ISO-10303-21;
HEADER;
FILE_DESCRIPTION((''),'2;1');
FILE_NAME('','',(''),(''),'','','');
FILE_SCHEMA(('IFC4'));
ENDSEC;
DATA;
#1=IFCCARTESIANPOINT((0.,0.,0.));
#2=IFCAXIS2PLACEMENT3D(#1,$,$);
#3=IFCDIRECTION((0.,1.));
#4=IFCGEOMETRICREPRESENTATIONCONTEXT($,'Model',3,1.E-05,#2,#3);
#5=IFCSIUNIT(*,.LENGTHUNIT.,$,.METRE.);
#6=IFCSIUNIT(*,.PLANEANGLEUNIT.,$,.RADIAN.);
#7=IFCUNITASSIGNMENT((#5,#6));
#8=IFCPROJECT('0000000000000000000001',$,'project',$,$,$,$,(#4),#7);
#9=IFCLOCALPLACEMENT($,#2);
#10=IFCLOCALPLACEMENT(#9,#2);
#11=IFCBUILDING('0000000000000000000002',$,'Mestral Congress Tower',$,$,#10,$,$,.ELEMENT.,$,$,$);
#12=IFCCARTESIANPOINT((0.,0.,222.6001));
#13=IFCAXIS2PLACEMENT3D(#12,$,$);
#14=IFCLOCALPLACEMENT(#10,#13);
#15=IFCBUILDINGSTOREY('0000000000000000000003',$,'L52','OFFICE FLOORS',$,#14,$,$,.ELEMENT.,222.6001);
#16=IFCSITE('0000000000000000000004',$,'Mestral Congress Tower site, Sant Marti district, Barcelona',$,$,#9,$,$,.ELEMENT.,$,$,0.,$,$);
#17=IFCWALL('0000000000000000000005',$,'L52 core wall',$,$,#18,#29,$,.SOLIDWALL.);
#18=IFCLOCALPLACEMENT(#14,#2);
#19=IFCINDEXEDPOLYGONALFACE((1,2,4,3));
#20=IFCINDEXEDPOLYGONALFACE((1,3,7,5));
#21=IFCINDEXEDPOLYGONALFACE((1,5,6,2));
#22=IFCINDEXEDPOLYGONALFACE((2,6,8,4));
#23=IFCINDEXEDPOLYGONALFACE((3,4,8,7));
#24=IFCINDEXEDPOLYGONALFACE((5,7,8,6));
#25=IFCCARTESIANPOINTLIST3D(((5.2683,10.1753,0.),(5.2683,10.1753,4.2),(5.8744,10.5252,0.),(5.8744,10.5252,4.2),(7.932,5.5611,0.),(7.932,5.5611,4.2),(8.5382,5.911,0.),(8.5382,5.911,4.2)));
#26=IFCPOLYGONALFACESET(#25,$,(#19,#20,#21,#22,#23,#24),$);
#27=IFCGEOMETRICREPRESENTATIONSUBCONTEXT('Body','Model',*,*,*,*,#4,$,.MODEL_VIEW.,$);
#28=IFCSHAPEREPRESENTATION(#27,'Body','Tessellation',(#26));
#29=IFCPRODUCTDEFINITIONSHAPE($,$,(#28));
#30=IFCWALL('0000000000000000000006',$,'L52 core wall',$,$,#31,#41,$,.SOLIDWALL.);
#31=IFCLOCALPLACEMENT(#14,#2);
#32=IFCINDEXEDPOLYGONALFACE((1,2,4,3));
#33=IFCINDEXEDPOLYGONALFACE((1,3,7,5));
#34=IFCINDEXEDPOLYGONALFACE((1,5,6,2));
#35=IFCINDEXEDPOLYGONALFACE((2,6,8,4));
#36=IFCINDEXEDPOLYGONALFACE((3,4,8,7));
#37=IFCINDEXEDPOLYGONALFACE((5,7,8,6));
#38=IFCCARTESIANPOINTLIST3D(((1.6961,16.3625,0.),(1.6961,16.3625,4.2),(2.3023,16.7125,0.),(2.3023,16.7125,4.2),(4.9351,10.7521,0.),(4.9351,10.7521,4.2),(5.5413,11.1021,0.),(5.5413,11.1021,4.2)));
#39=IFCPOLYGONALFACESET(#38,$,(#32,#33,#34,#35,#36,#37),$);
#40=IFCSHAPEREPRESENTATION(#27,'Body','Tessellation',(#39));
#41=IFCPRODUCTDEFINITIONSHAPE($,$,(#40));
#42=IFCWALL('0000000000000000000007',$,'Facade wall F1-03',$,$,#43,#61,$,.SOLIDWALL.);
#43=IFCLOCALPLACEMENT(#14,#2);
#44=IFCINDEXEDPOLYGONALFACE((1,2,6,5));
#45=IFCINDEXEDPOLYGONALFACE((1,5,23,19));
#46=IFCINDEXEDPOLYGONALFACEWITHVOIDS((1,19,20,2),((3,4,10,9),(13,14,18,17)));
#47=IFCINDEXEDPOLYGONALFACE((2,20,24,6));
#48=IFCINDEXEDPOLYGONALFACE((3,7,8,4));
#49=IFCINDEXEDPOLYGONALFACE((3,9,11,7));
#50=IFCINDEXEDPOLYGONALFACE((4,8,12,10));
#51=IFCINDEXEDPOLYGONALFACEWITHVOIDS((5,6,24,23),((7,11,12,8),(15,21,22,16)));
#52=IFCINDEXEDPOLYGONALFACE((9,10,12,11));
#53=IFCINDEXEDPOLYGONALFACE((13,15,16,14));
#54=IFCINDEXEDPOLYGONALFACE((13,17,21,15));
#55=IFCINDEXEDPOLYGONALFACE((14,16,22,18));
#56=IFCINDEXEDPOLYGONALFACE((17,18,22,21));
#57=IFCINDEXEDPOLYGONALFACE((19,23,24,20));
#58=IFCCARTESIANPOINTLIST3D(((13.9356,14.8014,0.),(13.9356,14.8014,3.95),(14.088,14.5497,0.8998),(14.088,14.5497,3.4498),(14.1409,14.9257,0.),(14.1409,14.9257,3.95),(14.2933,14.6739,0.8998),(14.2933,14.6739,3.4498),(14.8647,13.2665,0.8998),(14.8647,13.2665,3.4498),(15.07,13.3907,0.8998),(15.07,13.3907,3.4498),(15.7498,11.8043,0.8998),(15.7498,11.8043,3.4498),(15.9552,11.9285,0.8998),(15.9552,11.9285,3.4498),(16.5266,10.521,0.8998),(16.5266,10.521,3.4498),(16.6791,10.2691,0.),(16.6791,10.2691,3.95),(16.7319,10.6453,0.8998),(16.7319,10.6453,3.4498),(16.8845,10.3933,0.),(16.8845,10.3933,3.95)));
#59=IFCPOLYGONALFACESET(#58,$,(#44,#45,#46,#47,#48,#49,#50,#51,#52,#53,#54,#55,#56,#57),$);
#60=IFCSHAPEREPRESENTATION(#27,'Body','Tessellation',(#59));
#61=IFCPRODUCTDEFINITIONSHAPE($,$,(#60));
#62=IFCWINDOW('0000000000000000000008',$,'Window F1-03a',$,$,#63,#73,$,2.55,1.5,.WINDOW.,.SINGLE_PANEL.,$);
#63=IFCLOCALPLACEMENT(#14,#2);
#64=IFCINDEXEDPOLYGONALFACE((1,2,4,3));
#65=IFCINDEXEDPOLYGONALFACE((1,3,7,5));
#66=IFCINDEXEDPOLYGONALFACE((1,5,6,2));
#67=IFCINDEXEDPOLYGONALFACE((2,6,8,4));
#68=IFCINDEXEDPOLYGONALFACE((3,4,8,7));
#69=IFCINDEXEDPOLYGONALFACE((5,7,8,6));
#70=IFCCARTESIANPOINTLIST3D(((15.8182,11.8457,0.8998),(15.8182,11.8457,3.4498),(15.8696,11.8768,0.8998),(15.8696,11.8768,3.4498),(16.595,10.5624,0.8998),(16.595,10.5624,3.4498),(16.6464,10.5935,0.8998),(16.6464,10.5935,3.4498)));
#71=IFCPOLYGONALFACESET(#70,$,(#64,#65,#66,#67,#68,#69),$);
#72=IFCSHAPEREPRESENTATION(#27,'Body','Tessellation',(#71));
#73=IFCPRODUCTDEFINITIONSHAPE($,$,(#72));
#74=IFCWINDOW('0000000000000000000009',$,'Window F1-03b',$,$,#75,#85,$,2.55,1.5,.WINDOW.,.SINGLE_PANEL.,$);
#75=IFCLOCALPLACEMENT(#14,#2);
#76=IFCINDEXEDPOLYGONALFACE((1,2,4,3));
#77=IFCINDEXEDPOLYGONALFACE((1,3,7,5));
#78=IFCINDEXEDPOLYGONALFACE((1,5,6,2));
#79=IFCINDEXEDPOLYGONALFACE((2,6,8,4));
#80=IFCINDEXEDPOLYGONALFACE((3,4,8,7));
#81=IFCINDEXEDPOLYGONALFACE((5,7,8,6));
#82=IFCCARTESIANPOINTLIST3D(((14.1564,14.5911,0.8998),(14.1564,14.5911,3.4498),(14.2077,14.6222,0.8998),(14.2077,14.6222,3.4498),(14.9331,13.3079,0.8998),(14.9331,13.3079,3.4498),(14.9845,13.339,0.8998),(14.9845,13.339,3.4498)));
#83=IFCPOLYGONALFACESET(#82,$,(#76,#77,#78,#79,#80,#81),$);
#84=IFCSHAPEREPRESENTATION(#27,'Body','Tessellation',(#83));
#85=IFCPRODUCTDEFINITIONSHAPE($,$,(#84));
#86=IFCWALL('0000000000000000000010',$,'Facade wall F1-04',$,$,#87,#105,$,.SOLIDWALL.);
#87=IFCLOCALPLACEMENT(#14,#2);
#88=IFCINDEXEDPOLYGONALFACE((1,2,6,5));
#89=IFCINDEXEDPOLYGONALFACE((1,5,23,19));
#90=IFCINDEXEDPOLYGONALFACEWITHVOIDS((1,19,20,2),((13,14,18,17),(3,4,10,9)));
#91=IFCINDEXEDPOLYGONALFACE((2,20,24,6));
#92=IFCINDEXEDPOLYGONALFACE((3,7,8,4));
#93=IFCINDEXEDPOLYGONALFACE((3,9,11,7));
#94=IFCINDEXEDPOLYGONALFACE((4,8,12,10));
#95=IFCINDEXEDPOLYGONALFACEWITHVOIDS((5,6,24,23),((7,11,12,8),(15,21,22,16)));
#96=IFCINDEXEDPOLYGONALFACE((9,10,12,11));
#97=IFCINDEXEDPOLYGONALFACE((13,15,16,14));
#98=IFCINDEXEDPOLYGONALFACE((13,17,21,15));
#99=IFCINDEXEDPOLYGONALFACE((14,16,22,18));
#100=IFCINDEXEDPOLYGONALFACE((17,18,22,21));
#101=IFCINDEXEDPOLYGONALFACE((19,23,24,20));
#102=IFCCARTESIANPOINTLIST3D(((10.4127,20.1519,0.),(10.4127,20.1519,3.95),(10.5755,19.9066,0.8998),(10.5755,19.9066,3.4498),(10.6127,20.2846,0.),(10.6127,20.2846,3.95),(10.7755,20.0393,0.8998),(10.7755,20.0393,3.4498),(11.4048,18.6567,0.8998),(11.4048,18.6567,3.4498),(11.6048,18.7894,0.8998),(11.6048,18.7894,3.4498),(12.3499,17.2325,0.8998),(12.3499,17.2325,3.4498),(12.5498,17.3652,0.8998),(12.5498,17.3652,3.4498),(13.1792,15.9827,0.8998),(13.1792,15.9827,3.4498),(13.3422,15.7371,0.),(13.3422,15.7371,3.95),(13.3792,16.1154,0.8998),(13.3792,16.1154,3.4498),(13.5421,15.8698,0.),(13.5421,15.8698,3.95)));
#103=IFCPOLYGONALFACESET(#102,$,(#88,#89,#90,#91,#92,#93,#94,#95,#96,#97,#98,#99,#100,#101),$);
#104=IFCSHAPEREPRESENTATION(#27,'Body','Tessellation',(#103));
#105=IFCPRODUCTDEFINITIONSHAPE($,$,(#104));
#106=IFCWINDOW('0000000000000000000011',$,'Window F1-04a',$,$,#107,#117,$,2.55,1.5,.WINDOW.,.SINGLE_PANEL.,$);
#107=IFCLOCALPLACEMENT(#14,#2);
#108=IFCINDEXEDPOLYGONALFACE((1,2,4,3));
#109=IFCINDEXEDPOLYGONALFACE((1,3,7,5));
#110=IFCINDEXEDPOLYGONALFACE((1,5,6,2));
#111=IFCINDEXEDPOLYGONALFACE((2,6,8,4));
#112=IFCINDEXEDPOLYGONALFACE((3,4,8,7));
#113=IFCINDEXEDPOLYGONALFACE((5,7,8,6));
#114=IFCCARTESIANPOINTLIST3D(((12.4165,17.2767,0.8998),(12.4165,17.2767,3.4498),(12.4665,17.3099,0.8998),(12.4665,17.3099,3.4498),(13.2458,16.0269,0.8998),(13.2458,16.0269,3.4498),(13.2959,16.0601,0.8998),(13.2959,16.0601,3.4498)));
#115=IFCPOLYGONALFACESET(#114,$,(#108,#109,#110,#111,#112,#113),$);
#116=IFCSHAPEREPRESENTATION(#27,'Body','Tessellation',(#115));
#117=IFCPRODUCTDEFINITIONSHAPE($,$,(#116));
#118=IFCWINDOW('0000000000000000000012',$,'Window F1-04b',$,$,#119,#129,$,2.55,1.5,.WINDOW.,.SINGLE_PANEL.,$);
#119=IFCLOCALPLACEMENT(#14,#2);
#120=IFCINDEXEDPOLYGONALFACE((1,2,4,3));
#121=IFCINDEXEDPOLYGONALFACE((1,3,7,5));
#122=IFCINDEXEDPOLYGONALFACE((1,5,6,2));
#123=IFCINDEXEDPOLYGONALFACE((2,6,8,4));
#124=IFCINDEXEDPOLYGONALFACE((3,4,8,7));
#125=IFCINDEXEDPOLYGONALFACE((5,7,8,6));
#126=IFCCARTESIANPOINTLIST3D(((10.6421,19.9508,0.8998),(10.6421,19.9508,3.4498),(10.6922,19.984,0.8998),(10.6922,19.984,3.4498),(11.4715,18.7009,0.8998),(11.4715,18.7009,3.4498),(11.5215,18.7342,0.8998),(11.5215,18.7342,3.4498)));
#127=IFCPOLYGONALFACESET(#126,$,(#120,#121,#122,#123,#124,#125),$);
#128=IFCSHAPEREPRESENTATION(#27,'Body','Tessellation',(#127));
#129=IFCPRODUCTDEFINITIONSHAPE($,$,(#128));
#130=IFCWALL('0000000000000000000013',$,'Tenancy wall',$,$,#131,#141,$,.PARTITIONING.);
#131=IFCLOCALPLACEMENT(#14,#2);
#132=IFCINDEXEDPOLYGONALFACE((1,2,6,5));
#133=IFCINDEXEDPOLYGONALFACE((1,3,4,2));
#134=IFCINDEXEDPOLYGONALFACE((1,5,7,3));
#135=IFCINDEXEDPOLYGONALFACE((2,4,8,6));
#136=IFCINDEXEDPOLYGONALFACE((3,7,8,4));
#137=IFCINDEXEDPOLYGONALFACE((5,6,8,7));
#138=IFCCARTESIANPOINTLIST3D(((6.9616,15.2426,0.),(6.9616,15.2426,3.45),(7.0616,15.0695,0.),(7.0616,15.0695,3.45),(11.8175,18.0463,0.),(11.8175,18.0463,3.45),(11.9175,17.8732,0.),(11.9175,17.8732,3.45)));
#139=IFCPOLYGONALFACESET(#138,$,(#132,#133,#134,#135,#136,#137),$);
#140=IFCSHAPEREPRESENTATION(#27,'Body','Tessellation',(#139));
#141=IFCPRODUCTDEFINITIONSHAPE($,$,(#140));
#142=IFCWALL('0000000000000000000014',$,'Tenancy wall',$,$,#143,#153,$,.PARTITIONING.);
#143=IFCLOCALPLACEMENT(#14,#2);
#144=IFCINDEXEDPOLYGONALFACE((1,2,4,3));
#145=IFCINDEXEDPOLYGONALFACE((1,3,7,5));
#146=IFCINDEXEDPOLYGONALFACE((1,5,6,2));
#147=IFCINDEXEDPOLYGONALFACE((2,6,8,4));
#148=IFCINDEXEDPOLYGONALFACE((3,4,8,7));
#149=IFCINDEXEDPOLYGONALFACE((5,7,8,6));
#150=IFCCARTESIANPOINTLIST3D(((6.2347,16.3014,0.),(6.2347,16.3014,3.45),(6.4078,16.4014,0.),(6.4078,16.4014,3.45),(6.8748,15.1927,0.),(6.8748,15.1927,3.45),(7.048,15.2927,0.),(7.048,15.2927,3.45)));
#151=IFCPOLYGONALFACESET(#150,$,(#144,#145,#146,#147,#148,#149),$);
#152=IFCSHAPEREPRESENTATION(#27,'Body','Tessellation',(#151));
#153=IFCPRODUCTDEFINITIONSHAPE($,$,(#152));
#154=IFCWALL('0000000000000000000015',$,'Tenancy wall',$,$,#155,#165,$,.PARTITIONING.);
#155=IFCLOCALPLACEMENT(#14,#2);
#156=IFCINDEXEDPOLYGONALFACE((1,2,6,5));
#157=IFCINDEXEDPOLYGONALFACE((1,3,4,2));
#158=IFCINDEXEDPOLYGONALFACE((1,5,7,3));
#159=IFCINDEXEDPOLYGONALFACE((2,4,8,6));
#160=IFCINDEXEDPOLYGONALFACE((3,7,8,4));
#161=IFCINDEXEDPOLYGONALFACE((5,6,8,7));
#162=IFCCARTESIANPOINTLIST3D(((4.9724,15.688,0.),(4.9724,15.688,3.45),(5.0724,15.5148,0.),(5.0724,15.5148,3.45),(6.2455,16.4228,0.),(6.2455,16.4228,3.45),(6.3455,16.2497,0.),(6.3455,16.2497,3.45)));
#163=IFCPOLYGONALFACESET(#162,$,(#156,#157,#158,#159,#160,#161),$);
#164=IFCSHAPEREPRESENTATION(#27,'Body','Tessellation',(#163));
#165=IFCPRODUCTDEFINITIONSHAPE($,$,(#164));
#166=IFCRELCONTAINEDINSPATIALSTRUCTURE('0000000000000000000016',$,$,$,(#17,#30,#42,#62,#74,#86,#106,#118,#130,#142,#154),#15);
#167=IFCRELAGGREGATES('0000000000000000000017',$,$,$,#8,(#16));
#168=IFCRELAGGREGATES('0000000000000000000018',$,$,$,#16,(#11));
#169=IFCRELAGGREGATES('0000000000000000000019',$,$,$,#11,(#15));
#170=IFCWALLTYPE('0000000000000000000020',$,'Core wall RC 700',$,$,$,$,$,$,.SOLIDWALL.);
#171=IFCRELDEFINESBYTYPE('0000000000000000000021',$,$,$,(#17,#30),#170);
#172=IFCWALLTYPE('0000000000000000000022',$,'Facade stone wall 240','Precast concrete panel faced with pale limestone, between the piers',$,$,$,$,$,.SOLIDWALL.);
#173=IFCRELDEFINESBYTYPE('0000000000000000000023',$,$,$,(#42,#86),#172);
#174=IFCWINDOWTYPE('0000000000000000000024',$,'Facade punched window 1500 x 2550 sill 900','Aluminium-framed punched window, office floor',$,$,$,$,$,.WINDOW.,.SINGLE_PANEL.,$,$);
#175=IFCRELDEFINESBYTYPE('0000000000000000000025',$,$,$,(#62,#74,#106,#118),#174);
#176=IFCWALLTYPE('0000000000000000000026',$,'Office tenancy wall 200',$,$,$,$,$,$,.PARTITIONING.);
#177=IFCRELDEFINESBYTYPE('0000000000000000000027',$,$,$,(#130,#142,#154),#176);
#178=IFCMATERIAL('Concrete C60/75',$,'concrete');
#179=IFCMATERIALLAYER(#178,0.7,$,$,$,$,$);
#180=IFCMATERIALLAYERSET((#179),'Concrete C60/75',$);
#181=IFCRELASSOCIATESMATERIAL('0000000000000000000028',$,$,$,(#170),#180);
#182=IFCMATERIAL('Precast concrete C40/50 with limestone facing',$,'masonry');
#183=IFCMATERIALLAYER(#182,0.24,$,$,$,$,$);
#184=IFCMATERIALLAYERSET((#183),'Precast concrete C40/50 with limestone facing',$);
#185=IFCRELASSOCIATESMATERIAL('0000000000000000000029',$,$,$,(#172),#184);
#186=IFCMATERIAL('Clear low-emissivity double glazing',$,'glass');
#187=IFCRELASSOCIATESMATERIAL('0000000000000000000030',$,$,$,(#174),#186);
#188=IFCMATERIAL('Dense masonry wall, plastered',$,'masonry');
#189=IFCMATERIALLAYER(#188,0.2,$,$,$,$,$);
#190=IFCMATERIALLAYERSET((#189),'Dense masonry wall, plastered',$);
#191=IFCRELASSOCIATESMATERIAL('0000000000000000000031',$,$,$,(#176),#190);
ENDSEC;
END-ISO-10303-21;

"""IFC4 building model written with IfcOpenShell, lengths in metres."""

from ifc_helpers import new_model, si_unit, direction, frame, frame_2d, origin, place, context, subcontext, project, spatial, rectangle, extrude, material, layer, layer_set, type_object, element, fill, save


model = new_model("IFC4")

# Units and contexts
model_context = context("Model", 3, precision=1e-05, world=origin(), true_north=direction((0.0, 1.0)))
body_context = subcontext(model_context, "Body", "Model", "MODEL_VIEW")
ifc_project = project(units=[si_unit("LENGTHUNIT", "METRE"), si_unit("PLANEANGLEUNIT", "RADIAN")], contexts=[model_context])

# Site, building, storey
site_placement = place(None, origin())
site = spatial("IfcSite", under=ifc_project, at=site_placement, Name="Mestral Congress Tower site, Sant Marti district, Barcelona", CompositionType="ELEMENT", RefElevation=0.0)
building_placement = place(site_placement, origin())
building = spatial("IfcBuilding", under=site, at=building_placement, Name="Mestral Congress Tower", CompositionType="ELEMENT")
storey_placement = place(building_placement, frame((0.0, 0.0, 222.6001)))
storey = spatial("IfcBuildingStorey", under=building, at=storey_placement, Name="L52", Description="OFFICE FLOORS", CompositionType="ELEMENT", Elevation=222.6001)

# Shared definitions
ifc_material_1 = material(Name="Concrete C60/75", Category="concrete")

# Walls
ifc_layer_1 = layer(ifc_material_1, 0.7)
ifc_layer_set_1 = layer_set([ifc_layer_1], Name="Concrete C60/75")
wall_type_1 = type_object("IfcWallType", Name="Core wall RC 700", PredefinedType="SOLIDWALL", material=ifc_layer_set_1)
wall_1_placement = place(storey_placement, frame((5.5713, 10.3503, 0.0), z_axis=(0.0, 0.0, 1.0), x_axis=(0.499968, -0.866044, 0.0)))
element("IfcWall", 1, at=wall_1_placement, inside=storey, type_object=wall_type_1, Name="L52 core wall", PredefinedType="SOLIDWALL", context=body_context, shape_type="SweptSolid", body=[
    extrude(rectangle(XDim=5.3279, YDim=0.7, at=frame_2d((2.6641, 0.0))), origin(), (0.0, 0.0, 1.0), 4.2),
])
wall_2_placement = place(storey_placement, frame((5.2383, 10.927, 0.0), z_axis=(0.0, 0.0, 1.0), x_axis=(-0.499986, 0.866034, 0.0)))
element("IfcWall", 2, at=wall_2_placement, inside=storey, type_object=wall_type_1, Name="L52 core wall", PredefinedType="SOLIDWALL", context=body_context, shape_type="SweptSolid", body=[
    extrude(rectangle(XDim=6.4783, YDim=0.7, at=frame_2d((3.2393, 0.0))), origin(), (0.0, 0.0, 1.0), 4.2),
])

# Walls, openings, windows
ifc_material_2 = material(Name="Precast concrete C40/50 with limestone facing", Category="masonry")
ifc_layer_2 = layer(ifc_material_2, 0.24)
ifc_layer_set_2 = layer_set([ifc_layer_2], Name="Precast concrete C40/50 with limestone facing")
wall_type_2 = type_object("IfcWallType", Name="Facade stone wall 240", Description="Precast concrete panel faced with pale limestone, between the piers", PredefinedType="SOLIDWALL", material=ifc_layer_set_2)
wall_3_placement = place(storey_placement, frame((16.7817, 10.3313, 0.0), z_axis=(0.0, 0.0, 1.0), x_axis=(-0.517846, 0.855474, 0.0)))
wall_3 = element("IfcWall", 3, at=wall_3_placement, inside=storey, type_object=wall_type_2, Name="Facade wall F1-03", PredefinedType="SOLIDWALL", context=body_context, shape_type="SweptSolid", body=[
    extrude(rectangle(XDim=5.2981, YDim=0.24, at=frame_2d((2.6489, 0.0))), origin(), (0.0, 0.0, 1.0), 3.95),
])
opening_1_placement = place(wall_3_placement, frame((0.2944, 0.0, 0.8999)))
opening_1 = element("IfcOpeningElement", 4, at=opening_1_placement, cuts=wall_3, PredefinedType="OPENING", context=body_context, shape_type="SweptSolid", body=[
    extrude(rectangle(XDim=1.5, YDim=2.55, at=frame_2d((0.75, 1.2749))), frame((0.0, 0.1299, 0.0), z_axis=(0.0, -1.0, 0.0), x_axis=(1.0, 0.0, 0.0)), (0.0, 0.0, 1.0), 0.26),
])
opening_2_placement = place(wall_3_placement, frame((3.5037, 0.0, 0.8999)))
opening_2 = element("IfcOpeningElement", 5, at=opening_2_placement, cuts=wall_3, PredefinedType="OPENING", context=body_context, shape_type="SweptSolid", body=[
    extrude(rectangle(XDim=1.5, YDim=2.55, at=frame_2d((0.75, 1.2749))), frame((0.0, 0.1299, 0.0), z_axis=(0.0, -1.0, 0.0), x_axis=(1.0, 0.0, 0.0)), (0.0, 0.0, 1.0), 0.26),
])
ifc_material_3 = material(Name="Clear low-emissivity double glazing", Category="glass")
window_type = type_object("IfcWindowType", Name="Facade punched window 1500 x 2550 sill 900", Description="Aluminium-framed punched window, office floor", PartitioningType="SINGLE_PANEL", PredefinedType="WINDOW", material=ifc_material_3)
window_1_placement = place(opening_1_placement, origin())
window_1 = element("IfcWindow", 6, at=window_1_placement, inside=storey, type_object=window_type, Name="Window F1-03a", OverallHeight=2.55, OverallWidth=1.5, PartitioningType="SINGLE_PANEL", PredefinedType="WINDOW", context=body_context, shape_type="SweptSolid", body=[
    extrude(rectangle(XDim=1.5, YDim=2.55, at=frame_2d((0.75, 1.2749))), frame((0.0, 0.04, 0.0), z_axis=(0.0, -1.0, 0.0), x_axis=(1.0, 0.0, 0.0)), (0.0, 0.0, 1.0), 0.0601),
])
fill(opening_1, window_1)
window_2_placement = place(opening_2_placement, origin())
window_2 = element("IfcWindow", 7, at=window_2_placement, inside=storey, type_object=window_type, Name="Window F1-03b", OverallHeight=2.55, OverallWidth=1.5, PartitioningType="SINGLE_PANEL", PredefinedType="WINDOW", context=body_context, shape_type="SweptSolid", body=[
    extrude(rectangle(XDim=1.5, YDim=2.55, at=frame_2d((0.75, 1.2749))), frame((0.0, 0.04, 0.0), z_axis=(0.0, -1.0, 0.0), x_axis=(1.0, 0.0, 0.0)), (0.0, 0.0, 1.0), 0.0601),
])
fill(opening_2, window_2)
wall_4_placement = place(storey_placement, frame((13.4421, 15.8035, 0.0), z_axis=(0.0, 0.0, 1.0), x_axis=(-0.552902, 0.833246, 0.0)))
wall_4 = element("IfcWall", 8, at=wall_4_placement, inside=storey, type_object=wall_type_2, Name="Facade wall F1-04", PredefinedType="SOLIDWALL", context=body_context, shape_type="SweptSolid", body=[
    extrude(rectangle(XDim=5.2983, YDim=0.24, at=frame_2d((2.6492, 0.0))), origin(), (0.0, 0.0, 1.0), 3.95),
])
opening_3_placement = place(wall_4_placement, frame((0.2947, 0.0, 0.8999)))
opening_3 = element("IfcOpeningElement", 9, at=opening_3_placement, cuts=wall_4, PredefinedType="OPENING", context=body_context, shape_type="SweptSolid", body=[
    extrude(rectangle(XDim=1.5, YDim=2.55, at=frame_2d((0.75, 1.2749))), frame((0.0, 0.1299, 0.0), z_axis=(0.0, -1.0, 0.0), x_axis=(1.0, 0.0, 0.0)), (0.0, 0.0, 1.0), 0.26),
])
opening_4_placement = place(wall_4_placement, frame((3.5039, 0.0, 0.8999)))
opening_4 = element("IfcOpeningElement", 10, at=opening_4_placement, cuts=wall_4, PredefinedType="OPENING", context=body_context, shape_type="SweptSolid", body=[
    extrude(rectangle(XDim=1.5, YDim=2.55, at=frame_2d((0.75, 1.2749))), frame((0.0, 0.1299, 0.0), z_axis=(0.0, -1.0, 0.0), x_axis=(1.0, 0.0, 0.0)), (0.0, 0.0, 1.0), 0.26),
])
window_3_placement = place(opening_3_placement, origin())
window_3 = element("IfcWindow", 11, at=window_3_placement, inside=storey, type_object=window_type, Name="Window F1-04a", OverallHeight=2.55, OverallWidth=1.5, PartitioningType="SINGLE_PANEL", PredefinedType="WINDOW", context=body_context, shape_type="SweptSolid", body=[
    extrude(rectangle(XDim=1.5, YDim=2.55, at=frame_2d((0.75, 1.2749))), frame((0.0, 0.04, 0.0), z_axis=(0.0, -1.0, 0.0), x_axis=(1.0, 0.0, 0.0)), (0.0, 0.0, 1.0), 0.0601),
])
fill(opening_3, window_3)
window_4_placement = place(opening_4_placement, origin())
window_4 = element("IfcWindow", 12, at=window_4_placement, inside=storey, type_object=window_type, Name="Window F1-04b", OverallHeight=2.55, OverallWidth=1.5, PartitioningType="SINGLE_PANEL", PredefinedType="WINDOW", context=body_context, shape_type="SweptSolid", body=[
    extrude(rectangle(XDim=1.5, YDim=2.55, at=frame_2d((0.75, 1.2749))), frame((0.0, 0.04, 0.0), z_axis=(0.0, -1.0, 0.0), x_axis=(1.0, 0.0, 0.0)), (0.0, 0.0, 1.0), 0.0601),
])
fill(opening_4, window_4)

# Walls
ifc_material_4 = material(Name="Dense masonry wall, plastered", Category="masonry")
ifc_layer_3 = layer(ifc_material_4, 0.2)
ifc_layer_set_3 = layer_set([ifc_layer_3], Name="Dense masonry wall, plastered")
wall_type_3 = type_object("IfcWallType", Name="Office tenancy wall 200", PredefinedType="PARTITIONING", material=ifc_layer_set_3)
wall_5_placement = place(storey_placement, frame((7.0115, 15.156, 0.0), z_axis=(0.0, 0.0, 1.0), x_axis=(0.866016, 0.500016, 0.0)))
element("IfcWall", 13, at=wall_5_placement, inside=storey, type_object=wall_type_3, Name="Tenancy wall", PredefinedType="PARTITIONING", context=body_context, shape_type="SweptSolid", body=[
    extrude(rectangle(XDim=5.6072, YDim=0.2, at=frame_2d((2.8037, 0.0))), origin(), (0.0, 0.0, 1.0), 3.45),
])
wall_6_placement = place(storey_placement, frame((6.9614, 15.2427, 0.0), z_axis=(0.0, 0.0, 1.0), x_axis=(-0.500036, 0.866005, 0.0)))
element("IfcWall", 14, at=wall_6_placement, inside=storey, type_object=wall_type_3, Name="Tenancy wall", PredefinedType="PARTITIONING", context=body_context, shape_type="SweptSolid", body=[
    extrude(rectangle(XDim=1.2803, YDim=0.2, at=frame_2d((0.6401, 0.0))), origin(), (0.0, 0.0, 1.0), 3.45),
])
wall_7_placement = place(storey_placement, frame((6.2954, 16.3362, 0.0), z_axis=(0.0, 0.0, 1.0), x_axis=(-0.866089, -0.49989, 0.0)))
element("IfcWall", 15, at=wall_7_placement, inside=storey, type_object=wall_type_3, Name="Tenancy wall", PredefinedType="PARTITIONING", context=body_context, shape_type="SweptSolid", body=[
    extrude(rectangle(XDim=1.47, YDim=0.2, at=frame_2d((0.7349, 0.0))), origin(), (0.0, 0.0, 1.0), 3.45),
])

save(model, "model.ifc")
